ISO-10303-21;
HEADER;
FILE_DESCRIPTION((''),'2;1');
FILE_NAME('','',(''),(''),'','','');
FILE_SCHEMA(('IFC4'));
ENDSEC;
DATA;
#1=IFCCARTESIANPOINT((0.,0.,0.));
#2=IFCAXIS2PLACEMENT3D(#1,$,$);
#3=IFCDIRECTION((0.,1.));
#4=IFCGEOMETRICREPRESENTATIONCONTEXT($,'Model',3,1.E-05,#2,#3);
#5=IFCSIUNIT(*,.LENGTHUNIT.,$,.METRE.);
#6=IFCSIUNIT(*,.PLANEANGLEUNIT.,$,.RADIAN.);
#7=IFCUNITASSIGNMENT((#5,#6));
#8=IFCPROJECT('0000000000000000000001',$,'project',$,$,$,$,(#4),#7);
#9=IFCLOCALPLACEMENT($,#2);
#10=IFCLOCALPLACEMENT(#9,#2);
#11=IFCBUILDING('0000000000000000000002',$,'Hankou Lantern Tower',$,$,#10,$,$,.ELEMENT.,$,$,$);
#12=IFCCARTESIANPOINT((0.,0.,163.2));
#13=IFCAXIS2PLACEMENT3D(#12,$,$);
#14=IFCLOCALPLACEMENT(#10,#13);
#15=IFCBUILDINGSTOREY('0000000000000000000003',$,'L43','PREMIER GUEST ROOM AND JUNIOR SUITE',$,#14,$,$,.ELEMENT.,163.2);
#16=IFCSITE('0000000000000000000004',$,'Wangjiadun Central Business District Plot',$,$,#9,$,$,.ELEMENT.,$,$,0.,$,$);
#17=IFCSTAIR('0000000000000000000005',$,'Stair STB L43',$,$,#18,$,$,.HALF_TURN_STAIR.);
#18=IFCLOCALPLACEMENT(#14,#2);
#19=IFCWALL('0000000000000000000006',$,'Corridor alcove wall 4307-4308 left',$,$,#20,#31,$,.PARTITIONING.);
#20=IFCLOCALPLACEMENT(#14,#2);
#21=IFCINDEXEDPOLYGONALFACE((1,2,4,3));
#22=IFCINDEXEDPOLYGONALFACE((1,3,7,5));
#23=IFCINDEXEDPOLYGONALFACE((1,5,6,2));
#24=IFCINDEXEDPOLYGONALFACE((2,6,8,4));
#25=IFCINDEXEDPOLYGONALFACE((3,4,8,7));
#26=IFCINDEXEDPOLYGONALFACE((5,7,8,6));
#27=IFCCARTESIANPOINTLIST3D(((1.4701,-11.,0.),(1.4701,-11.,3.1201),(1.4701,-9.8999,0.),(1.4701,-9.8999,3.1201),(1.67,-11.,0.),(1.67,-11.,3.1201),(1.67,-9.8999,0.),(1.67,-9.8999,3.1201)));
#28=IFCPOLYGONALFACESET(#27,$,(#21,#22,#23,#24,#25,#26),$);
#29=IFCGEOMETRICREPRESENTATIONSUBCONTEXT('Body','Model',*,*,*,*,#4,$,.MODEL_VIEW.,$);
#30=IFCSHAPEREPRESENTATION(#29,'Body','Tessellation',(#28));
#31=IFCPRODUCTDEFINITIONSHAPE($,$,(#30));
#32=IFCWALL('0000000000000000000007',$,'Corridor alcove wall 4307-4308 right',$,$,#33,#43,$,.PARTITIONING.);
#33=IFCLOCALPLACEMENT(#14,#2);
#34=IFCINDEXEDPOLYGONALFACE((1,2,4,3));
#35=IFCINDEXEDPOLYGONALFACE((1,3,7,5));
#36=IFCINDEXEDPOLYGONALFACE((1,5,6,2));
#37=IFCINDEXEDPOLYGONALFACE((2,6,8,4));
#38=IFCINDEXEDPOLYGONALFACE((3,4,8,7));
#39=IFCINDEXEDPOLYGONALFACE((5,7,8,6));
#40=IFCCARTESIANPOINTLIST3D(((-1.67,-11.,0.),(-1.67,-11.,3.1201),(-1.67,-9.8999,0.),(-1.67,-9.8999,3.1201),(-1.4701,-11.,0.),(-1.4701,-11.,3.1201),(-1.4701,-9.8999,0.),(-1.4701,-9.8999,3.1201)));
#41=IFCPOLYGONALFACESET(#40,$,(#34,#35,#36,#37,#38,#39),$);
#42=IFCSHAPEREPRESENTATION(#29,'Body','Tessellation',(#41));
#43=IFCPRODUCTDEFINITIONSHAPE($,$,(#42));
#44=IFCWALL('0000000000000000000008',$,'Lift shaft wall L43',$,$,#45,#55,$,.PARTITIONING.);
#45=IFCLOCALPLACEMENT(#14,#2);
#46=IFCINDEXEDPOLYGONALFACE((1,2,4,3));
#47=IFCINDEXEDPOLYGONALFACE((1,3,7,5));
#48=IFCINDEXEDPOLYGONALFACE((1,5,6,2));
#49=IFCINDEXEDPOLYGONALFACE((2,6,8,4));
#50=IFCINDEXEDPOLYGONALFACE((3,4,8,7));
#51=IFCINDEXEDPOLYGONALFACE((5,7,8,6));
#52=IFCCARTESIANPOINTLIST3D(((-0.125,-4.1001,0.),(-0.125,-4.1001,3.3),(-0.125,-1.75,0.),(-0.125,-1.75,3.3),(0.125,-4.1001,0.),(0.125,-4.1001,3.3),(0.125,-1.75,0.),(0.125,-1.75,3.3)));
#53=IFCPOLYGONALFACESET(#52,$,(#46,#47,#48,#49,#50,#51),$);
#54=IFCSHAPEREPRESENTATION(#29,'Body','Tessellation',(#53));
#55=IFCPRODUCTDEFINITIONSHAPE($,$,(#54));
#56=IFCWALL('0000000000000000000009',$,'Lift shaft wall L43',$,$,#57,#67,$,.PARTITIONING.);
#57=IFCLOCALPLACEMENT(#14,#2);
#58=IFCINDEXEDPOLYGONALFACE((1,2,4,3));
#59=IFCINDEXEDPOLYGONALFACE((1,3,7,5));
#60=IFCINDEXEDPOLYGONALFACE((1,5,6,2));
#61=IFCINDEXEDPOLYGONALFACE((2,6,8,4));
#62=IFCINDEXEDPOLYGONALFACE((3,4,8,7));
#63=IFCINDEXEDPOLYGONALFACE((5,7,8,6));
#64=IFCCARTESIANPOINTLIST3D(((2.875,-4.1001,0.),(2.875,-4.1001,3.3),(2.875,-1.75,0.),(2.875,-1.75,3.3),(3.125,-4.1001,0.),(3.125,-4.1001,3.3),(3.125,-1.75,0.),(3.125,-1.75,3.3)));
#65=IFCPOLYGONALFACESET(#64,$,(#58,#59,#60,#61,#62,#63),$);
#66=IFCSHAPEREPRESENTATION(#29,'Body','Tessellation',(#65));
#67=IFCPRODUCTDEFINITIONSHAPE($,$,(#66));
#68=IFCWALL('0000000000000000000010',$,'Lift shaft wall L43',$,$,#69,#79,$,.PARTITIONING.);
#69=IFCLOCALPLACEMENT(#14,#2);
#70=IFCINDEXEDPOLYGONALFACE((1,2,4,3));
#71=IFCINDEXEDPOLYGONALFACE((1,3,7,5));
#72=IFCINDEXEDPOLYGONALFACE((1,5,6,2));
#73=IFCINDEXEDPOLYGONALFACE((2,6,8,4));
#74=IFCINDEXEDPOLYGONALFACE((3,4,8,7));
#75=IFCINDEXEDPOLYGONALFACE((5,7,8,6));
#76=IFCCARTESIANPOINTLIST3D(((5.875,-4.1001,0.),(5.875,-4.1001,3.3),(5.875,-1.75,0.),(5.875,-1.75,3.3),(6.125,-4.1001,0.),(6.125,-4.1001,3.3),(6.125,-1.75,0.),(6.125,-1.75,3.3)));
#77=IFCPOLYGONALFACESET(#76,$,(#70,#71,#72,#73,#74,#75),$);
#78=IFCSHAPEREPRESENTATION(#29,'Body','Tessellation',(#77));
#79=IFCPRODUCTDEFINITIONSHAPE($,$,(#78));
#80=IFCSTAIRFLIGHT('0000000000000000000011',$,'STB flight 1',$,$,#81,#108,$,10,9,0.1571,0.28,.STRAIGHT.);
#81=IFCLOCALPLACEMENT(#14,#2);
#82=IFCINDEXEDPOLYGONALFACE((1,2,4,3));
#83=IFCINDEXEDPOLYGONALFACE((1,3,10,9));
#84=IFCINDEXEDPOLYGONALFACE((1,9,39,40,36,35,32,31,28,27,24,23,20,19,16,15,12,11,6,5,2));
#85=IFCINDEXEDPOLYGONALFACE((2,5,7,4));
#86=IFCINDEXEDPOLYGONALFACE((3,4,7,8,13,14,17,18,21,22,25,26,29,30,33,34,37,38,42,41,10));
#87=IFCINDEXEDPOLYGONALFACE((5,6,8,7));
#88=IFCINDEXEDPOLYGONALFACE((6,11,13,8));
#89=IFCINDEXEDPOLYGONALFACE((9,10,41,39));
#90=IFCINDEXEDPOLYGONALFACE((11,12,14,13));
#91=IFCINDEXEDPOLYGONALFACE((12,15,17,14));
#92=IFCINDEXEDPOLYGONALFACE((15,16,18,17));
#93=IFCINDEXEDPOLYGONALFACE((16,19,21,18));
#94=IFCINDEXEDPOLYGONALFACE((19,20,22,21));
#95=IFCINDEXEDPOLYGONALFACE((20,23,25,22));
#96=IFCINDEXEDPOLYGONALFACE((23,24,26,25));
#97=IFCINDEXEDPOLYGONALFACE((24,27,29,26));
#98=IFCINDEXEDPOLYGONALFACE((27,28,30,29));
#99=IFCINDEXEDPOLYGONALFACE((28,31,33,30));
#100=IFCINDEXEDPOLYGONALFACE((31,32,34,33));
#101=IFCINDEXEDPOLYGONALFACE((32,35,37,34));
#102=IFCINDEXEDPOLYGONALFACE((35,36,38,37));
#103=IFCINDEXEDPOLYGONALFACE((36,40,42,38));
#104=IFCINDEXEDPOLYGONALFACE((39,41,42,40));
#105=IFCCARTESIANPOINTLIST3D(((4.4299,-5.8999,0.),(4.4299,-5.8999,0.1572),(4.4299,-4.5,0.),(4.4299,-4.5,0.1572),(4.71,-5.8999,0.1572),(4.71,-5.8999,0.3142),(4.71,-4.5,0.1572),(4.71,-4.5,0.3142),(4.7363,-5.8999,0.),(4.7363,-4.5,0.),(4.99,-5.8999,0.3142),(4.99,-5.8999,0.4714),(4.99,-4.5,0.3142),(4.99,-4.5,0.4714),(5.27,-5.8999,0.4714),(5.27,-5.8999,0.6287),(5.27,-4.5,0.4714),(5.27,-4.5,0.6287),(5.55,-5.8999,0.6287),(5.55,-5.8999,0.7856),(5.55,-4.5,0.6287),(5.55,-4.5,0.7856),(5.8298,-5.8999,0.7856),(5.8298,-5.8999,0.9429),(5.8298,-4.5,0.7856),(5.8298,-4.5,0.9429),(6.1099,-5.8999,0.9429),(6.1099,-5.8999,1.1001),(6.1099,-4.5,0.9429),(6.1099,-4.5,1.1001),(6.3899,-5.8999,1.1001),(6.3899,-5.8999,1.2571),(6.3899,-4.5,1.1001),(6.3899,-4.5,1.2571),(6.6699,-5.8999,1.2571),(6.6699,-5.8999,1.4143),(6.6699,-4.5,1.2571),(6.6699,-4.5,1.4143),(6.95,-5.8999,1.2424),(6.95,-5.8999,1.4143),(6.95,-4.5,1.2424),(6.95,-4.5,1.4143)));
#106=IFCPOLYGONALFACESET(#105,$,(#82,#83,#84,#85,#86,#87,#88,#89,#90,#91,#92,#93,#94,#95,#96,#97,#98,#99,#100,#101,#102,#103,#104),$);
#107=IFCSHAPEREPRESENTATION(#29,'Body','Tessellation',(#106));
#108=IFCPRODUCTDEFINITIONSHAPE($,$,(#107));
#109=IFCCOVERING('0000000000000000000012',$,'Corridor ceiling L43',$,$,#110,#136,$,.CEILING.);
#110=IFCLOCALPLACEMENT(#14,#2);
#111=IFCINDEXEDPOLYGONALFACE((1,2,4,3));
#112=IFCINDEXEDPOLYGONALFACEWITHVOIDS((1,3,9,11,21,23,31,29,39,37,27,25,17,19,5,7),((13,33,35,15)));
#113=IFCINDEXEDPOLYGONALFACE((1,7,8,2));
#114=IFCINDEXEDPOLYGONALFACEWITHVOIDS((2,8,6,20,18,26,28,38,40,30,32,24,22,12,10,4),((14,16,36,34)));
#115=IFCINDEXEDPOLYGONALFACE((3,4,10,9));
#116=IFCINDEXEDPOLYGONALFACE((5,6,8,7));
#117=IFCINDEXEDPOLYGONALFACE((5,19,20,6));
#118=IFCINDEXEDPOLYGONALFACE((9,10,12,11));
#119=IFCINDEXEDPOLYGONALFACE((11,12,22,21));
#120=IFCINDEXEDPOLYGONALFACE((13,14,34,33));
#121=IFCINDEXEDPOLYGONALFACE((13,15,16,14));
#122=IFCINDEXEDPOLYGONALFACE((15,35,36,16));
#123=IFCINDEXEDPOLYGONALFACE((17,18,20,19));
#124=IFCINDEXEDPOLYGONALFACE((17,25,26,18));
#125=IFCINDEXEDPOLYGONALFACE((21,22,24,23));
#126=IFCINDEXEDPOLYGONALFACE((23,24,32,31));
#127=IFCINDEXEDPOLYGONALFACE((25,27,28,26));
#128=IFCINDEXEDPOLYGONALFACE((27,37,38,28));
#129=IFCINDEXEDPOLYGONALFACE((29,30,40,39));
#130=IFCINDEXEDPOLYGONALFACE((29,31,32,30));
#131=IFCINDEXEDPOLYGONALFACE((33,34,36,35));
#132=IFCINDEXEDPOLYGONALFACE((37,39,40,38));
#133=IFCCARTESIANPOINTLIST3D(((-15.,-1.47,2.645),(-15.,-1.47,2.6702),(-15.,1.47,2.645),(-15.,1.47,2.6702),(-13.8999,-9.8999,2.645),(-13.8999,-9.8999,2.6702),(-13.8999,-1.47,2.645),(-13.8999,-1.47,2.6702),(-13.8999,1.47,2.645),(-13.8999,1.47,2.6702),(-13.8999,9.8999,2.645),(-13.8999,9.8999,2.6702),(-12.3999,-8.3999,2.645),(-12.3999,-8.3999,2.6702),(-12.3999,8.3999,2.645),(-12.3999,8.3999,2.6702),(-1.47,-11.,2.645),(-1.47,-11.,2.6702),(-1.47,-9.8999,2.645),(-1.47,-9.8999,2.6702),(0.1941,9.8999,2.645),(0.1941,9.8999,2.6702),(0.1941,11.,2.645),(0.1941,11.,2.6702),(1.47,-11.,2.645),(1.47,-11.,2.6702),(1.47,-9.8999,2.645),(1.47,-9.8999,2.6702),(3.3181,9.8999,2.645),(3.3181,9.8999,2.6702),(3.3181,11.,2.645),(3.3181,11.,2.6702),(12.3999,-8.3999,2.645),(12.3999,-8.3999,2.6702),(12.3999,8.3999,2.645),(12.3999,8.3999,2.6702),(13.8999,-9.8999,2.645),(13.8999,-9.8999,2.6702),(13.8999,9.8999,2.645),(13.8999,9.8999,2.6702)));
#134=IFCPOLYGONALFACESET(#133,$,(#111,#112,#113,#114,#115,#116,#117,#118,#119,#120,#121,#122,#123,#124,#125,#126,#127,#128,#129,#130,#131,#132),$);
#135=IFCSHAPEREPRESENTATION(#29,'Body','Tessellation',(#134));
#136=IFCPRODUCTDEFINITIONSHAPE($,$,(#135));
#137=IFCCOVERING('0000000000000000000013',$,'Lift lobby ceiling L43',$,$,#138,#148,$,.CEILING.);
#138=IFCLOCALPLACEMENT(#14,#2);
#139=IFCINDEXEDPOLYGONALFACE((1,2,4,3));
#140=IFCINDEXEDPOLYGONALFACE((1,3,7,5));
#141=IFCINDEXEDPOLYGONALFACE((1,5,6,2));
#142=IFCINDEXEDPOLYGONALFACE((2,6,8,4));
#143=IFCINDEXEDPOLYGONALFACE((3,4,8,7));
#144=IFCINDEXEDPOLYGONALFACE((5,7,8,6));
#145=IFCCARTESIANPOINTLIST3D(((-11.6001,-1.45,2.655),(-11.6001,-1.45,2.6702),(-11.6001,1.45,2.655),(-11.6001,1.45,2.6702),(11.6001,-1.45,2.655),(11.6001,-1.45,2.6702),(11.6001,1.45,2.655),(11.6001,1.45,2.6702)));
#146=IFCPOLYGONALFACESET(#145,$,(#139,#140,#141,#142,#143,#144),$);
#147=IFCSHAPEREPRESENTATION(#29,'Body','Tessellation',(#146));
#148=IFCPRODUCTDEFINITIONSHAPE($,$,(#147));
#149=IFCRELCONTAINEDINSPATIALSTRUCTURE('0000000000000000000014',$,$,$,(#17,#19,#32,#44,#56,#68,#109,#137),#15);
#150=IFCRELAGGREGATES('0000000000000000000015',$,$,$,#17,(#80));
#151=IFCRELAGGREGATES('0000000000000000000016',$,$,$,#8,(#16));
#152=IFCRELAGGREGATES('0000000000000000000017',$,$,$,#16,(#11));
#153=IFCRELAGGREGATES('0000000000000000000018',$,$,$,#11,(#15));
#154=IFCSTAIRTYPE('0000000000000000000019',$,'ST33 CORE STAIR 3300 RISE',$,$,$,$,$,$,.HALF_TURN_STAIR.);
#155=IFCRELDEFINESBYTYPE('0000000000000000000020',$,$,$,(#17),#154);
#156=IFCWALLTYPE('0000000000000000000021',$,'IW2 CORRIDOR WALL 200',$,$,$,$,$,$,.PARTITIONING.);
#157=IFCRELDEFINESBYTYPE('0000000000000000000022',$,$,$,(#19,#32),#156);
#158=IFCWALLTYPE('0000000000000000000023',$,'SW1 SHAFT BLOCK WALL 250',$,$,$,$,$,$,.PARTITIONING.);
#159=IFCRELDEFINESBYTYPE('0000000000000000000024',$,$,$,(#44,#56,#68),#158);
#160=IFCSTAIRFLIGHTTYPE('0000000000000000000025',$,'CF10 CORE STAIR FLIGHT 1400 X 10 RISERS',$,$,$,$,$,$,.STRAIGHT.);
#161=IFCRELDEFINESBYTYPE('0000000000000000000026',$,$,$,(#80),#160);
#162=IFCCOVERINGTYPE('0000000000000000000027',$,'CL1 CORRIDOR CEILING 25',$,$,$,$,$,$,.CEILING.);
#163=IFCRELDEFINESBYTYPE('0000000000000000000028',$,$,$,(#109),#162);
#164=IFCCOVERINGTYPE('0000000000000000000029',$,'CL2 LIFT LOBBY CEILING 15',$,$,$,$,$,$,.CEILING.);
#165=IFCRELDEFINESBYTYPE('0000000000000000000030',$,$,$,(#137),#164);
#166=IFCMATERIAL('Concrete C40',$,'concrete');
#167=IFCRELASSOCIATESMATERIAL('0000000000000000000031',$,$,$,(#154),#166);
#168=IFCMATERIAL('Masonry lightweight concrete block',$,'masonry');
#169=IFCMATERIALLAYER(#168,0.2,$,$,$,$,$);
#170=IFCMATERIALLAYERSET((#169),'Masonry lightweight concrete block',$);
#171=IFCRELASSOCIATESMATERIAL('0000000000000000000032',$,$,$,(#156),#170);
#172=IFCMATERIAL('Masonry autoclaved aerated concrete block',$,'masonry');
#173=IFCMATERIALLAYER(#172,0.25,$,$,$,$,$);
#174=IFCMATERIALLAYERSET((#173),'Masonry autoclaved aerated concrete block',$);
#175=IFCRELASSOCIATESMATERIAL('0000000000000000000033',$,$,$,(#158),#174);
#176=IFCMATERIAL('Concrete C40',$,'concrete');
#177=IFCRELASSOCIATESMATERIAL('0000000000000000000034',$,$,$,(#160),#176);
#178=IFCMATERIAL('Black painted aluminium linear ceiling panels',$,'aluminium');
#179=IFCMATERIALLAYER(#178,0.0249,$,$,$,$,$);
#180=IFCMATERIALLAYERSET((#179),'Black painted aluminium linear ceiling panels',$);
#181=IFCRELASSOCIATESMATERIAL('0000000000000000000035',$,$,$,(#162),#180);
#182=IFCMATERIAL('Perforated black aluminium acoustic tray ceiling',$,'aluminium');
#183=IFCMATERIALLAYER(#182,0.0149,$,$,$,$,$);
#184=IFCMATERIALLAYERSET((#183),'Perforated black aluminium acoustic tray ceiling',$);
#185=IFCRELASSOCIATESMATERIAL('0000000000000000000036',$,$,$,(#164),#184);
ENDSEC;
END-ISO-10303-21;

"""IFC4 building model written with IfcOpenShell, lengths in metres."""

from ifc_helpers import new_model, si_unit, direction, frame, frame_2d, origin, place, context, subcontext, project, spatial, polyline, rectangle, outline, extrude, material, layer, layer_set, type_object, element, aggregate, save


model = new_model("IFC4")

# Units and contexts
model_context = context("Model", 3, precision=1e-05, world=origin(), true_north=direction((0.0, 1.0)))
body_context = subcontext(model_context, "Body", "Model", "MODEL_VIEW")
ifc_project = project(units=[si_unit("LENGTHUNIT", "METRE"), si_unit("PLANEANGLEUNIT", "RADIAN")], contexts=[model_context])

# Site, building, storey
site_placement = place(None, origin())
site = spatial("IfcSite", under=ifc_project, at=site_placement, Name="Wangjiadun Central Business District Plot", CompositionType="ELEMENT", RefElevation=0.0)
building_placement = place(site_placement, origin())
building = spatial("IfcBuilding", under=site, at=building_placement, Name="Hankou Lantern Tower", CompositionType="ELEMENT")
storey_placement = place(building_placement, frame((0.0, 0.0, 163.2)))
storey = spatial("IfcBuildingStorey", under=building, at=storey_placement, Name="L43", Description="PREMIER GUEST ROOM AND JUNIOR SUITE", CompositionType="ELEMENT", Elevation=163.2)

# Stair
ifc_material_1 = material(Name="Concrete C40", Category="concrete")
stair_type = type_object("IfcStairType", Name="ST33 CORE STAIR 3300 RISE", PredefinedType="HALF_TURN_STAIR", material=ifc_material_1)
stair_1_placement = place(storey_placement, origin())
stair_1 = element("IfcStair", 1, at=stair_1_placement, inside=storey, type_object=stair_type, Name="Stair STB L43", PredefinedType="HALF_TURN_STAIR")

# Shared definitions
ifc_material_2 = material(Name="Masonry lightweight concrete block", Category="masonry")
ifc_layer_1 = layer(ifc_material_2, 0.2)
ifc_layer_set_1 = layer_set([ifc_layer_1], Name="Masonry lightweight concrete block")
wall_type_1 = type_object("IfcWallType", Name="IW2 CORRIDOR WALL 200", PredefinedType="PARTITIONING", material=ifc_layer_set_1)

# Walls
for number, where, z_axis, x_axis, name in (
    (2, (1.5701, -9.8999, 0.0), (0.0, 0.0, 1.0), (0.0, -1.0, 0.0), "Corridor alcove wall 4307-4308 left"),
    (3, (-1.5701, -9.8999, 0.0), (0.0, 0.0, 1.0), (0.0, -1.0, 0.0), "Corridor alcove wall 4307-4308 right"),
):
    element("IfcWall", number, at=place(storey_placement, frame(where, z_axis=z_axis, x_axis=x_axis)), inside=storey, type_object=wall_type_1, Name=name, PredefinedType="PARTITIONING", context=body_context, shape_type="SweptSolid", body=[
        extrude(rectangle(XDim=1.1001, YDim=0.2, at=frame_2d((0.55, 0.0))), origin(), (0.0, 0.0, 1.0), 3.1201),
    ])
ifc_material_3 = material(Name="Masonry autoclaved aerated concrete block", Category="masonry")
ifc_layer_2 = layer(ifc_material_3, 0.25)
ifc_layer_set_2 = layer_set([ifc_layer_2], Name="Masonry autoclaved aerated concrete block")
wall_type_2 = type_object("IfcWallType", Name="SW1 SHAFT BLOCK WALL 250", PredefinedType="PARTITIONING", material=ifc_layer_set_2)
for number, where, z_axis, x_axis, name in (
    (4, (0.0, -4.1001, 0.0), (0.0, 0.0, 1.0), (0.0, 1.0, 0.0), "Lift shaft wall L43"),
    (5, (3.0, -4.1001, 0.0), (0.0, 0.0, 1.0), (0.0, 1.0, 0.0), "Lift shaft wall L43"),
    (6, (6.0, -4.1001, 0.0), (0.0, 0.0, 1.0), (0.0, 1.0, 0.0), "Lift shaft wall L43"),
):
    element("IfcWall", number, at=place(storey_placement, frame(where, z_axis=z_axis, x_axis=x_axis)), inside=storey, type_object=wall_type_2, Name=name, PredefinedType="PARTITIONING", context=body_context, shape_type="SweptSolid", body=[
        extrude(rectangle(XDim=2.3501, YDim=0.25, at=frame_2d((1.175, 0.0))), origin(), (0.0, 0.0, 1.0), 3.3),
    ])

# Stair flight
ifc_material_4 = material(Name="Concrete C40", Category="concrete")
stair_flight_type = type_object("IfcStairFlightType", Name="CF10 CORE STAIR FLIGHT 1400 X 10 RISERS", PredefinedType="STRAIGHT", material=ifc_material_4)
stair_flight_placement = place(storey_placement, frame((4.4299, -5.2, 0.0), z_axis=(0.0, 0.0, 1.0), x_axis=(1.0, 0.0, 0.0)))
stair_flight = element("IfcStairFlight", 7, at=stair_flight_placement, type_object=stair_flight_type, Name="STB flight 1", NumberOfRisers=10, NumberOfTreads=9, PredefinedType="STRAIGHT", RiserHeight=0.1571, TreadLength=0.28, context=body_context, shape_type="SweptSolid", body=[
    extrude(outline(polyline([(0.0, 0.0), (0.0, 0.1572), (0.28, 0.1572), (0.28, 0.3142), (0.5601, 0.3142), (0.5601, 0.4714), (0.8401, 0.4714), (0.8401, 0.6287), (1.1201, 0.6287), (1.1201, 0.7856), (1.3999, 0.7856), (1.3999, 0.9429), (1.6799, 0.9429), (1.6799, 1.1001), (1.96, 1.1001), (1.96, 1.2571), (2.24, 1.2571), (2.24, 1.4143), (2.52, 1.4143), (2.52, 1.5715), (2.52, 1.2424), (0.3064, 0.0), (0.0, 0.0)])), frame((0.0, 0.7, 0.0), z_axis=(0.0, -1.0, 0.0), x_axis=(1.0, 0.0, 0.0)), (0.0, 0.0, 1.0), 1.3999),
])
aggregate(stair_1, [stair_flight])

# Coverings
ifc_material_5 = material(Name="Black painted aluminium linear ceiling panels", Category="aluminium")
ifc_layer_3 = layer(ifc_material_5, 0.0249)
ifc_layer_set_3 = layer_set([ifc_layer_3], Name="Black painted aluminium linear ceiling panels")
covering_type_1 = type_object("IfcCoveringType", Name="CL1 CORRIDOR CEILING 25", PredefinedType="CEILING", material=ifc_layer_set_3)
covering_1_placement = place(storey_placement, frame((0.0, 0.0, 2.645)))
element("IfcCovering", 8, at=covering_1_placement, inside=storey, type_object=covering_type_1, Name="Corridor ceiling L43", PredefinedType="CEILING", context=body_context, shape_type="SweptSolid", body=[
    extrude(outline(polyline([(1.47, -11.0), (1.47, -9.8999), (13.8999, -9.8999), (13.8999, 9.8999), (3.3181, 9.8999), (3.3181, 11.0), (0.1941, 11.0), (0.1941, 9.8999), (-13.8999, 9.8999), (-13.8999, 1.47), (-15.0, 1.47), (-15.0, -1.47), (-13.8999, -1.47), (-13.8999, -9.8999), (-1.47, -9.8999), (-1.47, -11.0), (1.47, -11.0)]), holes=[polyline([(-12.3999, 8.3999), (12.3999, 8.3999), (12.3999, -8.3999), (-12.3999, -8.3999), (-12.3999, 8.3999)])]), origin(), (0.0, 0.0, 1.0), 0.0251),
])
ifc_material_6 = material(Name="Perforated black aluminium acoustic tray ceiling", Category="aluminium")
ifc_layer_4 = layer(ifc_material_6, 0.0149)
ifc_layer_set_4 = layer_set([ifc_layer_4], Name="Perforated black aluminium acoustic tray ceiling")
covering_type_2 = type_object("IfcCoveringType", Name="CL2 LIFT LOBBY CEILING 15", PredefinedType="CEILING", material=ifc_layer_set_4)
covering_2_placement = place(storey_placement, frame((0.0, 0.0, 2.655)))
element("IfcCovering", 9, at=covering_2_placement, inside=storey, type_object=covering_type_2, Name="Lift lobby ceiling L43", PredefinedType="CEILING", context=body_context, shape_type="SweptSolid", body=[
    extrude(outline(polyline([(-11.6001, -1.45), (11.6001, -1.45), (11.6001, 1.45), (-11.6001, 1.45), (-11.6001, -1.45)])), origin(), (0.0, 0.0, 1.0), 0.0151),
])

save(model, "model.ifc")
